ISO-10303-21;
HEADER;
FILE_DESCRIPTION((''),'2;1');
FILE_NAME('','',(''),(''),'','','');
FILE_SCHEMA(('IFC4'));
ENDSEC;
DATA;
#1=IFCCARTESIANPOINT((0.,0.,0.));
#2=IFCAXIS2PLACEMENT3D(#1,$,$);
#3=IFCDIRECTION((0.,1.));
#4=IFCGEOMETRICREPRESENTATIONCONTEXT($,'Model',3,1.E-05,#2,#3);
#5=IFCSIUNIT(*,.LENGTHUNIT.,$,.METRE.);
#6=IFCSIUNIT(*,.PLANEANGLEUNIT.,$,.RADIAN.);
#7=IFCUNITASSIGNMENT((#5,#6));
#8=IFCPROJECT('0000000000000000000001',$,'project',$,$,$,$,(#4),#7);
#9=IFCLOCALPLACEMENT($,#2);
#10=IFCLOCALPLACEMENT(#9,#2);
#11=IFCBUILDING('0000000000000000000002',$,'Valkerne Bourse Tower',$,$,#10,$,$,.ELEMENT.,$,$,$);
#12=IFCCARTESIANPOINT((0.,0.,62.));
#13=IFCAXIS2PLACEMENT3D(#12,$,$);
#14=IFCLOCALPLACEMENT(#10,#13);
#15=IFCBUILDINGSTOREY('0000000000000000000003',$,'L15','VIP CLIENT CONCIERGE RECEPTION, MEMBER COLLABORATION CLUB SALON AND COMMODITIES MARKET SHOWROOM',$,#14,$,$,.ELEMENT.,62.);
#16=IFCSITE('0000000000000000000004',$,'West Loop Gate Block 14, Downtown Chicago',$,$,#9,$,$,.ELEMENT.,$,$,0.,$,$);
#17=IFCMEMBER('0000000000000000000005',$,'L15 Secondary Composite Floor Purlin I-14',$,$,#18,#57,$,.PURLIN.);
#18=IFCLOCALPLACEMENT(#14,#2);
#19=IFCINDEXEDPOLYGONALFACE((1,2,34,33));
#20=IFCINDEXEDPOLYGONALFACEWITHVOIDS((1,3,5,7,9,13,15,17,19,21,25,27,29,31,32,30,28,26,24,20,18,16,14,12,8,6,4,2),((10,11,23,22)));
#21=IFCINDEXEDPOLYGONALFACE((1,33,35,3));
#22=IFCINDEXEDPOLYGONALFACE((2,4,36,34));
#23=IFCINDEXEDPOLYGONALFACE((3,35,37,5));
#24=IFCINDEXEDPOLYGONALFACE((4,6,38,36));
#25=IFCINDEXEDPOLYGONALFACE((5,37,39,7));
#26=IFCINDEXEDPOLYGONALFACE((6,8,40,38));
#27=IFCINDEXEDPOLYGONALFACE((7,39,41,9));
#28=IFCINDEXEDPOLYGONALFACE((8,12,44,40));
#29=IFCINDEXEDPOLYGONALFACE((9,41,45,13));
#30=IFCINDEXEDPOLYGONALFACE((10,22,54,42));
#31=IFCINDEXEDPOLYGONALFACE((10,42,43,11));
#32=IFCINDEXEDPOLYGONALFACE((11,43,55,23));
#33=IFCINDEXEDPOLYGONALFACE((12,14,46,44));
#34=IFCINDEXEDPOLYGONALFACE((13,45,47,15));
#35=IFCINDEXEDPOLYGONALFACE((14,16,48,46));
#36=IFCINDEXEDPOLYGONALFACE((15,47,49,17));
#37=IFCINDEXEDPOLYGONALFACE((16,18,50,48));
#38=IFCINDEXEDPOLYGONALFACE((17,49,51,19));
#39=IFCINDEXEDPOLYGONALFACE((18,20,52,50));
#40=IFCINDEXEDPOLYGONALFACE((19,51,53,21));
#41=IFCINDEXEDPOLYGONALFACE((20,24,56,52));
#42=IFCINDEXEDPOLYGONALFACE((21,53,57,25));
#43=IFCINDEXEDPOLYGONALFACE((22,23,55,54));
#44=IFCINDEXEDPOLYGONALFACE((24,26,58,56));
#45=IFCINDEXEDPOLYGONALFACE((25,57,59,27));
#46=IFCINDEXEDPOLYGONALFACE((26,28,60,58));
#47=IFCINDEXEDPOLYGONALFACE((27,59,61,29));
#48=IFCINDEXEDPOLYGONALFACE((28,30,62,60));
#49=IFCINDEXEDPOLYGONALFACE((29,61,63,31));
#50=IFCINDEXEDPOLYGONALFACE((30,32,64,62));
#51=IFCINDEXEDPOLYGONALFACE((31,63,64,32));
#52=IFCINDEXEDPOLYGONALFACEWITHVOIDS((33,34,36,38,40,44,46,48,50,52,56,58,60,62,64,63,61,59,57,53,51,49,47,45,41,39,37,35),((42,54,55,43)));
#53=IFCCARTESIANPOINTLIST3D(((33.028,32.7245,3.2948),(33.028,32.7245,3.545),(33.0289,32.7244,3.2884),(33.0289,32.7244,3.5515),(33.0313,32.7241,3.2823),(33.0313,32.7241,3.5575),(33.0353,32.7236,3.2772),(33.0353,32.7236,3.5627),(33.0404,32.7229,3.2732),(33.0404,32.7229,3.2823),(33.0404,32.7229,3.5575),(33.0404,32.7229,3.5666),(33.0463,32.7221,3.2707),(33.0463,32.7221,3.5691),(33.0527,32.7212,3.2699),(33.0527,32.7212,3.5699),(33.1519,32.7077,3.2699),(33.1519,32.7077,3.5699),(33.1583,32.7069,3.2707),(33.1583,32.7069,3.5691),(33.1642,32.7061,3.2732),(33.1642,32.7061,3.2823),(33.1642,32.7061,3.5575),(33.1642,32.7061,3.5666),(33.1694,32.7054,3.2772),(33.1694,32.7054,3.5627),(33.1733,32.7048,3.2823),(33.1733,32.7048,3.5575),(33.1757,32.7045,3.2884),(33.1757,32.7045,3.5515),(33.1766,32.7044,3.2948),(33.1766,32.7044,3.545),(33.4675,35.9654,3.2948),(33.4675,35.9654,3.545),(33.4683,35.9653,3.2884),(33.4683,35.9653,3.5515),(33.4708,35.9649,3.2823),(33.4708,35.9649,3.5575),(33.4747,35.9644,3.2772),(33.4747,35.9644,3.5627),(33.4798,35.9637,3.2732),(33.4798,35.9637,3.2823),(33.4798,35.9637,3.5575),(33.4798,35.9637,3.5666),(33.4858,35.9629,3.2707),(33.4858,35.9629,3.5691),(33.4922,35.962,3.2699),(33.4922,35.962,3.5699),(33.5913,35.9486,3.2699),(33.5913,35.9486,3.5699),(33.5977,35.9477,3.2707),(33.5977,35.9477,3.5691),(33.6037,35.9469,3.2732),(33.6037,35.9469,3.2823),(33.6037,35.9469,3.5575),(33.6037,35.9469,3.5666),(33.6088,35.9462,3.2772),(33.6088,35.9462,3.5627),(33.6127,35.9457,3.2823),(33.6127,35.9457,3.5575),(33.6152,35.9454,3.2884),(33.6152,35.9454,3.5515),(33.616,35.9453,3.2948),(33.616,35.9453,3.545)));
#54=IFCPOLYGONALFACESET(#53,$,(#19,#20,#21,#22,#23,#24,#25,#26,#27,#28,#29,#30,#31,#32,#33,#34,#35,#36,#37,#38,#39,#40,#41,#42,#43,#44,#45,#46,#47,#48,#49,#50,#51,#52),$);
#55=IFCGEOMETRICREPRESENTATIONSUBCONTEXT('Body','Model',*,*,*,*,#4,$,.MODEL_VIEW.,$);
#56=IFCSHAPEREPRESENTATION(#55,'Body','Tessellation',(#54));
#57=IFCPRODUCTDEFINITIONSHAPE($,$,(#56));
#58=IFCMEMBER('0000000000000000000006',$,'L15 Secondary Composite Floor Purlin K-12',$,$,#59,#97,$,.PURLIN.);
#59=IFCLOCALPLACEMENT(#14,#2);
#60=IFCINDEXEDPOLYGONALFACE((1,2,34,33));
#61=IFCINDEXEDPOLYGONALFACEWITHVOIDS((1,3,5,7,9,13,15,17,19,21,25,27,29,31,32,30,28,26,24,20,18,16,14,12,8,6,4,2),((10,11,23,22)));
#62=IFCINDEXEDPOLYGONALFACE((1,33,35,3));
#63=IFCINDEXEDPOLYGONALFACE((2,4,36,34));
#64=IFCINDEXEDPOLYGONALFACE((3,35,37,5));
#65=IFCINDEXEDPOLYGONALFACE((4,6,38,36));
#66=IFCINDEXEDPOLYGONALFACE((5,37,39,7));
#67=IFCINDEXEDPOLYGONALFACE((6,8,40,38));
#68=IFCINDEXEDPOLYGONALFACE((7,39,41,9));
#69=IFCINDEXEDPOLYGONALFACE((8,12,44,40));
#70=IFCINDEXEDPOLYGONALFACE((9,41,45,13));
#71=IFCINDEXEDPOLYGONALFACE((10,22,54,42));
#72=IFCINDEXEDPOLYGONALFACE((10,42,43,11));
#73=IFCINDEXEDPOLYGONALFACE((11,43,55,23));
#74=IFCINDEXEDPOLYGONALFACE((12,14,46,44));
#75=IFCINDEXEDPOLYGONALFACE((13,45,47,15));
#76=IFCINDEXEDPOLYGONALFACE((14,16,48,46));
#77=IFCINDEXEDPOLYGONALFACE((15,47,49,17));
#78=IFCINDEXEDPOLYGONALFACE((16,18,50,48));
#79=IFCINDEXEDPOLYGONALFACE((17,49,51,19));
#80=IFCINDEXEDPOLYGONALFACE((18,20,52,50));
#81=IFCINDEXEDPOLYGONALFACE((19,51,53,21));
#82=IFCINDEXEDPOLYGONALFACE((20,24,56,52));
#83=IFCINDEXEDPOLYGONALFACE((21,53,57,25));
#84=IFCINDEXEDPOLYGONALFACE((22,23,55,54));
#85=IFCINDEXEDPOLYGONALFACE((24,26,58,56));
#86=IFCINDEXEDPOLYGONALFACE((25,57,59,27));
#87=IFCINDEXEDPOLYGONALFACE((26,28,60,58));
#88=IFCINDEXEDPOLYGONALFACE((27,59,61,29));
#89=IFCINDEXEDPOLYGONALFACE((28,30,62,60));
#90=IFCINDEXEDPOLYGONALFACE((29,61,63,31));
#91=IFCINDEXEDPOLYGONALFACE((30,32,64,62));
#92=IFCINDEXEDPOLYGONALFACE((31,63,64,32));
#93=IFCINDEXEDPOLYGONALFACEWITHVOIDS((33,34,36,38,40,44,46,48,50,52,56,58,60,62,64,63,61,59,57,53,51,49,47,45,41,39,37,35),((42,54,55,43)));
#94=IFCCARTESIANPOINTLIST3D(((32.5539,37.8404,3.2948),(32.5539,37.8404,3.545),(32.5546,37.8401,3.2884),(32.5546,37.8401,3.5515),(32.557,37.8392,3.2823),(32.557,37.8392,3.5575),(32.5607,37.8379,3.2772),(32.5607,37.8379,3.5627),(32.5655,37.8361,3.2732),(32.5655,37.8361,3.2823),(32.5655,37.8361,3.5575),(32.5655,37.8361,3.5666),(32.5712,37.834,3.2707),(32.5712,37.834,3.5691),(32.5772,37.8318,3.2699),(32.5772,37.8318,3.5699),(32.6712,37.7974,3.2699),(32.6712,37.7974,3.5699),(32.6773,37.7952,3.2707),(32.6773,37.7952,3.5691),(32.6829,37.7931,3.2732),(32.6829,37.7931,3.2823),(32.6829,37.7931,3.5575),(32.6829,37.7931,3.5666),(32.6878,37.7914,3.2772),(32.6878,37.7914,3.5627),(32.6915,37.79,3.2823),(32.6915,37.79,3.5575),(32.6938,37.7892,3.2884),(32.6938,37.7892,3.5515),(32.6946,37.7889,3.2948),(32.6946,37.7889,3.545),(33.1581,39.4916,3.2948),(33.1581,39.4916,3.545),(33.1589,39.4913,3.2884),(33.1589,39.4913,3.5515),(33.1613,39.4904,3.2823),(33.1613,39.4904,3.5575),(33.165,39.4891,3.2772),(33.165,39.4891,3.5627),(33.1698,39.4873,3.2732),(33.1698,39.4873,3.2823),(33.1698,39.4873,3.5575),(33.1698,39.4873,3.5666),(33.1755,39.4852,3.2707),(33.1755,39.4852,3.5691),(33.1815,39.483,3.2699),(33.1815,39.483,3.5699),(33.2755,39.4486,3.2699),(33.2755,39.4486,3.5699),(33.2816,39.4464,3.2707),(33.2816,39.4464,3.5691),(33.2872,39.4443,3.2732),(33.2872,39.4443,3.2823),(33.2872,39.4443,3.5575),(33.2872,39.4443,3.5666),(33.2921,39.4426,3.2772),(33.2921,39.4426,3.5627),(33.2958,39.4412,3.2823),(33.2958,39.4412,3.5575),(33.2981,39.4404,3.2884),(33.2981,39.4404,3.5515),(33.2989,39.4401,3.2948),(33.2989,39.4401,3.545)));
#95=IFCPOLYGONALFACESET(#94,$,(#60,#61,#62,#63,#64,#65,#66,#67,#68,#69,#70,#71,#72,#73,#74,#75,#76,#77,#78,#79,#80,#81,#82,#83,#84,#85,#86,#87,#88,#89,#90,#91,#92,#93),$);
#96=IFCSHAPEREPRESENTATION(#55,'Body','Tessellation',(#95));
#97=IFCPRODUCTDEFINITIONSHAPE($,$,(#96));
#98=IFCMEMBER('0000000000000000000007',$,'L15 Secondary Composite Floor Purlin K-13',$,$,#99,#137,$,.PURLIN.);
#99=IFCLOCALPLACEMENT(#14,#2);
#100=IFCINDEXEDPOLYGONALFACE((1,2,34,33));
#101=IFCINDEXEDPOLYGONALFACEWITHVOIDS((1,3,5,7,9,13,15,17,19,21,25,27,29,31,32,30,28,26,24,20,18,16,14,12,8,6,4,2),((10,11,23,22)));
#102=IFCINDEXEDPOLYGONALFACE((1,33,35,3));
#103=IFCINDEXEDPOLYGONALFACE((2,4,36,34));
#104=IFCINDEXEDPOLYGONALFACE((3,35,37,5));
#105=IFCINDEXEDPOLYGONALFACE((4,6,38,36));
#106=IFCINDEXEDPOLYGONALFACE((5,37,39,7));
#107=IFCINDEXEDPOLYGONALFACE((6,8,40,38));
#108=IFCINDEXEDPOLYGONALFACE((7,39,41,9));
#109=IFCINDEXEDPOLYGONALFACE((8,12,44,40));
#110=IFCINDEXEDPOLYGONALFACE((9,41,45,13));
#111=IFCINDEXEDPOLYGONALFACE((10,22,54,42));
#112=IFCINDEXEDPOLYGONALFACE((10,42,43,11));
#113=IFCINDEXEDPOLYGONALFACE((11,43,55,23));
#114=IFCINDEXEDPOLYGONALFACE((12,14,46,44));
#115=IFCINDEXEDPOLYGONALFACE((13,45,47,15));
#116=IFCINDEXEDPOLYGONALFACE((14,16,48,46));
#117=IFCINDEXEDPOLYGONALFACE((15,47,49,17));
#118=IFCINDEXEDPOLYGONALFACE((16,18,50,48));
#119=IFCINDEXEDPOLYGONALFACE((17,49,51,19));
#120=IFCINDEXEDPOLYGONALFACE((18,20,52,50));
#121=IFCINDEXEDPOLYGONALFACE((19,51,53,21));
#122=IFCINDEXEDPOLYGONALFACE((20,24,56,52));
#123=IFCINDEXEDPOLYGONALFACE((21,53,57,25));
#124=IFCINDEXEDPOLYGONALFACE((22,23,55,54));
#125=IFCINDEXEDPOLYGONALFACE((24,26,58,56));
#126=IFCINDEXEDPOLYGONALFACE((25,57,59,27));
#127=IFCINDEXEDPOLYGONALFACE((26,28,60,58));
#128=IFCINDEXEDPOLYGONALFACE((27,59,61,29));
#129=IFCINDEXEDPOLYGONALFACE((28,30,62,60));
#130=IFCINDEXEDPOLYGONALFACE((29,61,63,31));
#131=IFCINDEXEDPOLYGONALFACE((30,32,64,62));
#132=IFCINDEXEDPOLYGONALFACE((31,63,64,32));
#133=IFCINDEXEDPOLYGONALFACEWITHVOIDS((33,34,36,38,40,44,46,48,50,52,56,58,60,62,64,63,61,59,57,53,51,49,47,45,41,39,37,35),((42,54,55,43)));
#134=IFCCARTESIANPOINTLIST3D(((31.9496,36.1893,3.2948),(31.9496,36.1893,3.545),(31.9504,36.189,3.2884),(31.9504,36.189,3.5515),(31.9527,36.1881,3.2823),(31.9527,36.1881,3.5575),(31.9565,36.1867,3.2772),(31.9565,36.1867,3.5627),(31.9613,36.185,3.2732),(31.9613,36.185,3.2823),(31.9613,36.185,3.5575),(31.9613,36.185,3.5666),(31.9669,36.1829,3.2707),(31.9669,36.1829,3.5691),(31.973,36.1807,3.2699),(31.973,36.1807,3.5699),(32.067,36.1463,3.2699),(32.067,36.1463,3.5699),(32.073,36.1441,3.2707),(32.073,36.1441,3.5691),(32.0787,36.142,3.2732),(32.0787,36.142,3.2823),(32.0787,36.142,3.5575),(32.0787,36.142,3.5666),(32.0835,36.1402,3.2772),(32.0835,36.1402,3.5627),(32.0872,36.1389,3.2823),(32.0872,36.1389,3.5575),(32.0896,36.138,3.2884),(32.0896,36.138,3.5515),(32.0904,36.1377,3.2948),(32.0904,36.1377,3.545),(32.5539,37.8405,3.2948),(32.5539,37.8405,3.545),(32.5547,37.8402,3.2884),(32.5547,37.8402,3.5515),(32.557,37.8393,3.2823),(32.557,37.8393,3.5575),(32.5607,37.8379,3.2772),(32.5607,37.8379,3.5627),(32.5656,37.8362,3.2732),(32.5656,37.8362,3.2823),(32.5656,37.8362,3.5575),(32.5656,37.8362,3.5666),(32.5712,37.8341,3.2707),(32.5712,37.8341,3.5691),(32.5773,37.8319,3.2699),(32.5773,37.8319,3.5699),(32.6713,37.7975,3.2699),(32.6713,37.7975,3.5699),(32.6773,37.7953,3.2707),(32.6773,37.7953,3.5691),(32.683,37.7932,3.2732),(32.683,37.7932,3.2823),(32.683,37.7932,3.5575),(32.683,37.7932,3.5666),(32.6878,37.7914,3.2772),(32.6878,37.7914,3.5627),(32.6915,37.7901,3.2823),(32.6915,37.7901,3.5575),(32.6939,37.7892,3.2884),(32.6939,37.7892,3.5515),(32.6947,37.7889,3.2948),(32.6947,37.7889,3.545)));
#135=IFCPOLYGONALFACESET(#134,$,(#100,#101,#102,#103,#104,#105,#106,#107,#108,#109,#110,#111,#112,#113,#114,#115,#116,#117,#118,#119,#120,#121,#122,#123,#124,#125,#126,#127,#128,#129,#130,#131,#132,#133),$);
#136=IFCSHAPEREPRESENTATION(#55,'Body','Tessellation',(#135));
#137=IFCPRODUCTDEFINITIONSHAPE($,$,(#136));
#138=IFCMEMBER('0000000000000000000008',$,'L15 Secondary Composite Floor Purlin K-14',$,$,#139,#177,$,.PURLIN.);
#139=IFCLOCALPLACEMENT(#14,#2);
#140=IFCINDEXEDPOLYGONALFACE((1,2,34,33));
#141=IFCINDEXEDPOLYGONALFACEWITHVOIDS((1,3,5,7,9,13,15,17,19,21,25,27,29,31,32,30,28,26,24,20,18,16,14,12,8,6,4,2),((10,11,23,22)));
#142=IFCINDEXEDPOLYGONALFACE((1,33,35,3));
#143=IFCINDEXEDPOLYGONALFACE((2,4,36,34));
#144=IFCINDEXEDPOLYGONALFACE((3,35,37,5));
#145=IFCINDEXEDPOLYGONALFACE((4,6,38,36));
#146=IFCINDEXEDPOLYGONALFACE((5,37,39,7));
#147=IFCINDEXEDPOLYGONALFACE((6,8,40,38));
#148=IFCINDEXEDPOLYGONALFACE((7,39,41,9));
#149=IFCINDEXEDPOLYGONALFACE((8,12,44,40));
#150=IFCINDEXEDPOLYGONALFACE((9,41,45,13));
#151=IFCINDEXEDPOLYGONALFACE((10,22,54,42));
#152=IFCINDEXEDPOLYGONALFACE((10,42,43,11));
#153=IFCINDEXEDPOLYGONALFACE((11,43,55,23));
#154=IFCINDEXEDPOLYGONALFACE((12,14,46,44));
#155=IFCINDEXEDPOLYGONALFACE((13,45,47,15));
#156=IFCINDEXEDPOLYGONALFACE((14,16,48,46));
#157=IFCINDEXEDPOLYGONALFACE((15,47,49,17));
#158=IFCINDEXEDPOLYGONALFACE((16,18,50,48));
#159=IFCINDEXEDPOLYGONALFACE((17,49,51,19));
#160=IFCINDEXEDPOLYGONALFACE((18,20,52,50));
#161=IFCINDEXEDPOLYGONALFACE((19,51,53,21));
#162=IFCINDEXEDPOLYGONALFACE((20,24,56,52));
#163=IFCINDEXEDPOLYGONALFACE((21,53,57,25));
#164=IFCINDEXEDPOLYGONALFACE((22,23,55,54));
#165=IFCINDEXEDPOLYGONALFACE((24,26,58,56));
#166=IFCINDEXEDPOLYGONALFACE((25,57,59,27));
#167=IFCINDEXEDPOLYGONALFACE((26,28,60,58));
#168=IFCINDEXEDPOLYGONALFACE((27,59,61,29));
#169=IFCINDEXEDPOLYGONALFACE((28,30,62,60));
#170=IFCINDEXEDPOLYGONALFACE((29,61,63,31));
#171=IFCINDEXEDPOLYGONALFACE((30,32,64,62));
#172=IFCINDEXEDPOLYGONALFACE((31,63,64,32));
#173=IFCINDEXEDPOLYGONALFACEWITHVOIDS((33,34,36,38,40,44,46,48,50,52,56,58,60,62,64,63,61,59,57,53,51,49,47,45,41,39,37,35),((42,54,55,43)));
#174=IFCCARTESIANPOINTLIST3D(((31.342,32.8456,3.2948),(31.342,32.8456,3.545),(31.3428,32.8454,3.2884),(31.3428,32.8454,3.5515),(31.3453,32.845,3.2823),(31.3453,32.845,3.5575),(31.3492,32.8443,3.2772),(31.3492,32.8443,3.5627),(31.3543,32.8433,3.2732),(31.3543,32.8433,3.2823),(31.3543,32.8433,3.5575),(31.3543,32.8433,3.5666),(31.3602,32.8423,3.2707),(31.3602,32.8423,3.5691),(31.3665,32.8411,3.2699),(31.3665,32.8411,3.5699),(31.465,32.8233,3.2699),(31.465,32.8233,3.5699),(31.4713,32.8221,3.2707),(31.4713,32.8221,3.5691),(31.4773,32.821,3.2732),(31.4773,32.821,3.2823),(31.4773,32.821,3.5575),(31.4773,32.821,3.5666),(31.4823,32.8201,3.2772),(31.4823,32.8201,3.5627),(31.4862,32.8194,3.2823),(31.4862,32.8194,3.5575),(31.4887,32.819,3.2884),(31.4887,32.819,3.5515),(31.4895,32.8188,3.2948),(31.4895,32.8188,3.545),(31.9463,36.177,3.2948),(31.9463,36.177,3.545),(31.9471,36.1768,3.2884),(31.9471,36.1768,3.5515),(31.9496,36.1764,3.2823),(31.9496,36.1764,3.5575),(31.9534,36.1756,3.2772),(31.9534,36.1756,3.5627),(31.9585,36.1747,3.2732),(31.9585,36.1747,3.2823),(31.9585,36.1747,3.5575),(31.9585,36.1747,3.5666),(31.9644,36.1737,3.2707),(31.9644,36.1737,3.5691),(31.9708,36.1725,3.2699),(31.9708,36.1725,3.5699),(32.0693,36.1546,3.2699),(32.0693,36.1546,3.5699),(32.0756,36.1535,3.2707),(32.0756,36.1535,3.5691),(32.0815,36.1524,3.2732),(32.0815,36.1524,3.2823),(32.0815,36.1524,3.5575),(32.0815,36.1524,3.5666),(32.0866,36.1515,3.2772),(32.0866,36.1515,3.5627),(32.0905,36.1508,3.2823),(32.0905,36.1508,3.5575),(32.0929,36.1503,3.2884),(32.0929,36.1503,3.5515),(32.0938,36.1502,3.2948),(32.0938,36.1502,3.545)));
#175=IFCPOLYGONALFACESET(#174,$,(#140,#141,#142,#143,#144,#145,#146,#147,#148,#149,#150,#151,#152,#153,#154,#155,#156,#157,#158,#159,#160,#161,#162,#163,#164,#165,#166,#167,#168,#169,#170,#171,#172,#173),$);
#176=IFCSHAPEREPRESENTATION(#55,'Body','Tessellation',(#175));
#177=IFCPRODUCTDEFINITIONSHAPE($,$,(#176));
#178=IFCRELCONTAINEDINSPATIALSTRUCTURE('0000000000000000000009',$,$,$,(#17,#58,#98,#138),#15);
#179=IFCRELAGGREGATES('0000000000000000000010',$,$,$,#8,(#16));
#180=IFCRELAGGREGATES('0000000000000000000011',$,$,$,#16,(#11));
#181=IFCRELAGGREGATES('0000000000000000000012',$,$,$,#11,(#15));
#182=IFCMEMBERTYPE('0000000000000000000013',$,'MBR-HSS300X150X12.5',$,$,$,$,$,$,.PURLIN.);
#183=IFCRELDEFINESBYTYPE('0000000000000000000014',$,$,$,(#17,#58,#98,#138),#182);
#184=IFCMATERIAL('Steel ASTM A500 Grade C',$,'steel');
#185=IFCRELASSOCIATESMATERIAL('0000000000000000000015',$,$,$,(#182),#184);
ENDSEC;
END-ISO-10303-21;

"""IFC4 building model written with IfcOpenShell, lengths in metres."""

from ifc_helpers import new_model, si_unit, direction, frame, origin, origin_2d, place, context, subcontext, project, spatial, hollow_rectangle, extrude, material, material_profile, profile_set, type_object, element, save


model = new_model("IFC4")

# Units and contexts
model_context = context("Model", 3, precision=1e-05, world=origin(), true_north=direction((0.0, 1.0)))
body_context = subcontext(model_context, "Body", "Model", "MODEL_VIEW")
ifc_project = project(units=[si_unit("LENGTHUNIT", "METRE"), si_unit("PLANEANGLEUNIT", "RADIAN")], contexts=[model_context])

# Site, building, storey
site_placement = place(None, origin())
site = spatial("IfcSite", under=ifc_project, at=site_placement, Name="West Loop Gate Block 14, Downtown Chicago", CompositionType="ELEMENT", RefElevation=0.0)
building_placement = place(site_placement, origin())
building = spatial("IfcBuilding", under=site, at=building_placement, Name="Valkerne Bourse Tower", CompositionType="ELEMENT")
storey_placement = place(building_placement, frame((0.0, 0.0, 62.0)))
storey = spatial("IfcBuildingStorey", under=building, at=storey_placement, Name="L15", Description="VIP CLIENT CONCIERGE RECEPTION, MEMBER COLLABORATION CLUB SALON AND COMMODITIES MARKET SHOWROOM", CompositionType="ELEMENT", Elevation=62.0)

# Members
ifc_material_1 = material(Name="Steel ASTM A500 Grade C", Category="steel")
ifc_material_profile_1 = material_profile(ifc_material_1, hollow_rectangle(XDim=0.1499, YDim=0.3, WallThickness=0.0125, OuterFilletRadius=0.0249, at=origin_2d()), Name="HSS300X150X12.5")
ifc_profile_set_1 = profile_set([ifc_material_profile_1], Name="Steel ASTM A500 Grade C")
member_type_1 = type_object("IfcMemberType", Name="MBR-HSS300X150X12.5", PredefinedType="PURLIN", material=ifc_profile_set_1)
member_1_placement = place(storey_placement, frame((33.5417, 35.9553, 3.4199), z_axis=(-0.134364, -0.990932, 0.0), x_axis=(0.990932, -0.134364, 0.0)))
element("IfcMember", 1, at=member_1_placement, inside=storey, type_object=member_type_1, Name="L15 Secondary Composite Floor Purlin I-14", PredefinedType="PURLIN", context=body_context, shape_type="SweptSolid", body=[
    extrude(hollow_rectangle(XDim=0.1499, YDim=0.3, WallThickness=0.0125, OuterFilletRadius=0.0249, at=origin_2d()), origin(), (0.0, 0.0, 1.0), 3.2705),
])
for number, where, z_axis, x_axis, name in (
    (2, (33.2285, 39.4658, 3.4199), (-0.343671, -0.93909, 0.0), (0.93909, -0.343671, 0.0), "L15 Secondary Composite Floor Purlin K-12"),
    (3, (32.6243, 37.8147, 3.4199), (-0.343671, -0.93909, 0.0), (0.93909, -0.343671, 0.0), "L15 Secondary Composite Floor Purlin K-13"),
):
    element("IfcMember", number, at=place(storey_placement, frame(where, z_axis=z_axis, x_axis=x_axis)), inside=storey, type_object=member_type_1, Name=name, PredefinedType="PURLIN", context=body_context, shape_type="SweptSolid", body=[
        extrude(hollow_rectangle(XDim=0.1499, YDim=0.3, WallThickness=0.0125, OuterFilletRadius=0.0249, at=origin_2d()), origin(), (0.0, 0.0, 1.0), 1.7583),
    ])
member_2_placement = place(storey_placement, frame((32.02, 36.1636, 3.4199), z_axis=(-0.178473, -0.983945, 0.0), x_axis=(0.983945, -0.178473, 0.0)))
element("IfcMember", 4, at=member_2_placement, inside=storey, type_object=member_type_1, Name="L15 Secondary Composite Floor Purlin K-14", PredefinedType="PURLIN", context=body_context, shape_type="SweptSolid", body=[
    extrude(hollow_rectangle(XDim=0.1499, YDim=0.3, WallThickness=0.0125, OuterFilletRadius=0.0249, at=origin_2d()), origin(), (0.0, 0.0, 1.0), 3.3857),
])

save(model, "model.ifc")
